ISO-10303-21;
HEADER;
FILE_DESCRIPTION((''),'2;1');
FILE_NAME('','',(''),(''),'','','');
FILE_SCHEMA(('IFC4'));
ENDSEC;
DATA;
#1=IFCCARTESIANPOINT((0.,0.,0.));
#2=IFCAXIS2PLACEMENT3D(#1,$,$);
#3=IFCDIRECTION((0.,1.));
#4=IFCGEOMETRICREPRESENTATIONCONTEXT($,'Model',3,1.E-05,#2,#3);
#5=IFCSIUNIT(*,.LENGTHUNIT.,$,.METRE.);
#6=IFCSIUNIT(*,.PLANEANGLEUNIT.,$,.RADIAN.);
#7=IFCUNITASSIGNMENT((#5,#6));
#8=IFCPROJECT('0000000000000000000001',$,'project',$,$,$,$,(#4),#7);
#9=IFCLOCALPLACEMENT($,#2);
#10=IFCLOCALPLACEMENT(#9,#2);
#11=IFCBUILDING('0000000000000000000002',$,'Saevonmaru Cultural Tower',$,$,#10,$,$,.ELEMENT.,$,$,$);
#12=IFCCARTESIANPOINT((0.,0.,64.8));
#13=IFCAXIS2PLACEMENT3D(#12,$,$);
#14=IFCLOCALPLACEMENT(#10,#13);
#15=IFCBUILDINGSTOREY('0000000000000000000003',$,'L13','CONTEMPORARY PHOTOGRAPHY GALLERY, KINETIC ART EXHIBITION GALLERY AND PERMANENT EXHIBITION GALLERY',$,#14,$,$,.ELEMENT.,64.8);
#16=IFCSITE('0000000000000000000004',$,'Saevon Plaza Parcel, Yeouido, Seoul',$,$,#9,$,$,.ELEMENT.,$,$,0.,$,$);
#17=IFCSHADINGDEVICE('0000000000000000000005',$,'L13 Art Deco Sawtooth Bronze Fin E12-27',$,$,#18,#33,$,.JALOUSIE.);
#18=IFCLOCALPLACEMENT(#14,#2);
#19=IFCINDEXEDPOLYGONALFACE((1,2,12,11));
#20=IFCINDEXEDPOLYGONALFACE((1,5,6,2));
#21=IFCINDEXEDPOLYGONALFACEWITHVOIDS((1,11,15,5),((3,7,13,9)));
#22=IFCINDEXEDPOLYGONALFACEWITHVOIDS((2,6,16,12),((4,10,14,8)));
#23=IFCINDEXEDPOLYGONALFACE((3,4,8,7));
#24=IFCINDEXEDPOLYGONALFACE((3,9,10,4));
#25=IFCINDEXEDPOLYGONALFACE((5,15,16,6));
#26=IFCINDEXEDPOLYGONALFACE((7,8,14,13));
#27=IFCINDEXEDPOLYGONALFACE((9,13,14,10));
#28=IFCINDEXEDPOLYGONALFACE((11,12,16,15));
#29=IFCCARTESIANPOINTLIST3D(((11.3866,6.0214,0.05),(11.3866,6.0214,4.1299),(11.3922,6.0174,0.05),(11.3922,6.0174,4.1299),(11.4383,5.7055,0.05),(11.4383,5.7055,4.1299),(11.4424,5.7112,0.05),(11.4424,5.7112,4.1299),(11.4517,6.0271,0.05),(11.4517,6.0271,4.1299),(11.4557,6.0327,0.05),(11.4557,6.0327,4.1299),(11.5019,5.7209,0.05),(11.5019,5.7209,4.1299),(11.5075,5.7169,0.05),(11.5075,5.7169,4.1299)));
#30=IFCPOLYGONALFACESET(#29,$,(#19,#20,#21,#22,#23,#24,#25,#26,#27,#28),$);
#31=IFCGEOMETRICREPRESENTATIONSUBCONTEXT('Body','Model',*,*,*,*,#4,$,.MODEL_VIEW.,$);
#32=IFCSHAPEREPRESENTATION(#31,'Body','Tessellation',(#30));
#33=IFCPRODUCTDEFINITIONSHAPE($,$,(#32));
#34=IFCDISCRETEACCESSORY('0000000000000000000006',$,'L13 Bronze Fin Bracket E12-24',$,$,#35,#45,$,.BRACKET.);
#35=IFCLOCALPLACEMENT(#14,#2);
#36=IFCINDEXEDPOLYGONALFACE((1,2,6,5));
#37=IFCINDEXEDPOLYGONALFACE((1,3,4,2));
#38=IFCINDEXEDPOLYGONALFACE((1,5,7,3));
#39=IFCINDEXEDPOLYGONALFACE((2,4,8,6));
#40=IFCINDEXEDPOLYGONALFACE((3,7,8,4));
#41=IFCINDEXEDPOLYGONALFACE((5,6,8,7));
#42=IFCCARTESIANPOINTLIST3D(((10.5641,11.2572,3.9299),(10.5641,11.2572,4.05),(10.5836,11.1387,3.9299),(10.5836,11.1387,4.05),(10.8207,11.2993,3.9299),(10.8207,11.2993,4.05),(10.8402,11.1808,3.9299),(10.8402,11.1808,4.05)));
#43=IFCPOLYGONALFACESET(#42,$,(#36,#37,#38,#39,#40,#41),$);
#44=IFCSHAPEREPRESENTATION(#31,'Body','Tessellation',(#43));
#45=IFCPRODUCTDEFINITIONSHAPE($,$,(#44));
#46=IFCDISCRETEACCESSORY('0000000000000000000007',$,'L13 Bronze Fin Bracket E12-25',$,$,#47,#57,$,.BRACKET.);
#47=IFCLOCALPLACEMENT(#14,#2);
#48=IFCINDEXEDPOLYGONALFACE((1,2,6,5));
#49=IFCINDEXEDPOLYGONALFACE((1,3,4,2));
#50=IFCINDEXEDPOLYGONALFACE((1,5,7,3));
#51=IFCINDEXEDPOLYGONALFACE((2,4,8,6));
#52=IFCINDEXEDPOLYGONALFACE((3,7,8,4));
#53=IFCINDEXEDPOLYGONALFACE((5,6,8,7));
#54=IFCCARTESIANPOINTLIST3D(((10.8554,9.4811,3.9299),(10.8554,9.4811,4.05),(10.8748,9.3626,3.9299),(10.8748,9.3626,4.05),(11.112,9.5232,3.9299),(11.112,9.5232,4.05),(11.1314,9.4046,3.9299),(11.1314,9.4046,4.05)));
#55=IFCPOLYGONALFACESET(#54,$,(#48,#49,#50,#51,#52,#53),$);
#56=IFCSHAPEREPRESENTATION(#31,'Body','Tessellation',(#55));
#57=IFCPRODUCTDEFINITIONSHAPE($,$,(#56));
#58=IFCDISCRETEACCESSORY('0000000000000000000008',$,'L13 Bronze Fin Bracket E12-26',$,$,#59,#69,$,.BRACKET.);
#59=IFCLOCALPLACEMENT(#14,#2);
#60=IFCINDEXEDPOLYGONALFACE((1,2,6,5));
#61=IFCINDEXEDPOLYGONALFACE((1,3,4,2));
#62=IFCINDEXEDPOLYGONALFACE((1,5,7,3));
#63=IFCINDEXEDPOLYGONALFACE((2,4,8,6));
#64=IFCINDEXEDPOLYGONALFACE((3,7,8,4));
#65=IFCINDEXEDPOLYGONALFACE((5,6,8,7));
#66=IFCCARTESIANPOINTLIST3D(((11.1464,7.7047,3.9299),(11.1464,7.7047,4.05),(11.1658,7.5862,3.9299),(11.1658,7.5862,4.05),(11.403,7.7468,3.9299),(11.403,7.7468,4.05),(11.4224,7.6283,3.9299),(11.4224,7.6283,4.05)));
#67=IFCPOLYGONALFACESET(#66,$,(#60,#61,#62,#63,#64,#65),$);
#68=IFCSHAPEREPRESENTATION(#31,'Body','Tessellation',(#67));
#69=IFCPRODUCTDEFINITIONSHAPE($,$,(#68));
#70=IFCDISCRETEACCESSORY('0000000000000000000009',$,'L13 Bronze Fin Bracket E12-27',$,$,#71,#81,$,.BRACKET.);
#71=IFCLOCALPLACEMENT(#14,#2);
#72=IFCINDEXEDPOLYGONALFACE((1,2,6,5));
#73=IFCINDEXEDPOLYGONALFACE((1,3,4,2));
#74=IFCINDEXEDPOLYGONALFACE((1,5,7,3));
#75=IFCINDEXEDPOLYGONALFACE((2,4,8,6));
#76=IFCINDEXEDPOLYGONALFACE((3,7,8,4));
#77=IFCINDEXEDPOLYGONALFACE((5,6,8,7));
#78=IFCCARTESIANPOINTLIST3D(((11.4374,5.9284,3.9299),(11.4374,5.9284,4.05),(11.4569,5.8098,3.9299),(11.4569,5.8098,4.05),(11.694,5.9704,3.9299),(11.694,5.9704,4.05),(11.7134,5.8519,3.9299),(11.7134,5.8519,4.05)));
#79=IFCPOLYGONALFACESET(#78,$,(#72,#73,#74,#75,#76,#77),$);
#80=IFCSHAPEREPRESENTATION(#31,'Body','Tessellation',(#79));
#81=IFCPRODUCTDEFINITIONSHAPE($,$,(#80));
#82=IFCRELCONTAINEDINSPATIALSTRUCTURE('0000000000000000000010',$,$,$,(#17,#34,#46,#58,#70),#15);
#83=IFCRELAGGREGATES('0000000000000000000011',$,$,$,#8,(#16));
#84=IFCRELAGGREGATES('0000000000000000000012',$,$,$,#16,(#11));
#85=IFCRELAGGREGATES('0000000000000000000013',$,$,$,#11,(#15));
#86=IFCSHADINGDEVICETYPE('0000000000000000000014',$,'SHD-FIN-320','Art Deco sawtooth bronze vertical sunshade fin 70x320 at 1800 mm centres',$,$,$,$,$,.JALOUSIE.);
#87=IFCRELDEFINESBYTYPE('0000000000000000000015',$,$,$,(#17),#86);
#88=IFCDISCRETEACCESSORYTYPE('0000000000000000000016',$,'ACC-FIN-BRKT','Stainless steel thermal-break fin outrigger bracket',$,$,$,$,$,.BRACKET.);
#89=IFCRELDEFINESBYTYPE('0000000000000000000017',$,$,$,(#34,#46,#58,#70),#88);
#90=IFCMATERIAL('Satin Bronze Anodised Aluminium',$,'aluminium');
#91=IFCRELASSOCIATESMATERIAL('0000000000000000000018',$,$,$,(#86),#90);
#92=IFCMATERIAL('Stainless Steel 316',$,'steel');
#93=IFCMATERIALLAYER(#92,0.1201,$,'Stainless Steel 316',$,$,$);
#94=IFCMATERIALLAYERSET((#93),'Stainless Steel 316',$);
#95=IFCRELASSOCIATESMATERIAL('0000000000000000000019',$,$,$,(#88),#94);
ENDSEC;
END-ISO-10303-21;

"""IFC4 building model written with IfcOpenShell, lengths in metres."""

from ifc_helpers import new_model, si_unit, direction, frame, origin, origin_2d, place, context, subcontext, project, spatial, rectangle, hollow_rectangle, extrude, material, layer, layer_set, material_profile, profile_set, type_object, element, save


model = new_model("IFC4")

# Units and contexts
model_context = context("Model", 3, precision=1e-05, world=origin(), true_north=direction((0.0, 1.0)))
body_context = subcontext(model_context, "Body", "Model", "MODEL_VIEW")
ifc_project = project(units=[si_unit("LENGTHUNIT", "METRE"), si_unit("PLANEANGLEUNIT", "RADIAN")], contexts=[model_context])

# Site, building, storey
site_placement = place(None, origin())
site = spatial("IfcSite", under=ifc_project, at=site_placement, Name="Saevon Plaza Parcel, Yeouido, Seoul", CompositionType="ELEMENT", RefElevation=0.0)
building_placement = place(site_placement, origin())
building = spatial("IfcBuilding", under=site, at=building_placement, Name="Saevonmaru Cultural Tower", CompositionType="ELEMENT")
storey_placement = place(building_placement, frame((0.0, 0.0, 64.8)))
storey = spatial("IfcBuildingStorey", under=building, at=storey_placement, Name="L13", Description="CONTEMPORARY PHOTOGRAPHY GALLERY, KINETIC ART EXHIBITION GALLERY AND PERMANENT EXHIBITION GALLERY", CompositionType="ELEMENT", Elevation=64.8)

# Shared definitions
ifc_material_1 = material(Name="Satin Bronze Anodised Aluminium", Category="aluminium")

# Shading device
ifc_material_profile_1 = material_profile(ifc_material_1, hollow_rectangle(XDim=0.0701, YDim=0.3201, WallThickness=0.0049, at=origin_2d()), Name="FIN-320x70")
ifc_profile_set_1 = profile_set([ifc_material_profile_1], Name="Satin Bronze Anodised Aluminium")
shading_device_type = type_object("IfcShadingDeviceType", Name="SHD-FIN-320", Description="Art Deco sawtooth bronze vertical sunshade fin 70x320 at 1800 mm centres", PredefinedType="JALOUSIE", material=ifc_profile_set_1)
for number, where, z_axis, x_axis, name in (
    (1, (11.447, 5.8691, 0.05), (0.0, 0.0, 1.0), (-0.986827, -0.161776, 0.0), "L13 Art Deco Sawtooth Bronze Fin E12-27"),
):
    element("IfcShadingDevice", number, at=place(storey_placement, frame(where, z_axis=z_axis, x_axis=x_axis)), inside=storey, type_object=shading_device_type, Name=name, PredefinedType="JALOUSIE", context=body_context, shape_type="SweptSolid", body=[
        extrude(hollow_rectangle(XDim=0.0701, YDim=0.3201, WallThickness=0.0049, at=origin_2d()), origin(), (0.0, 0.0, 1.0), 4.0798),
    ])

# Discrete accessories
ifc_material_2 = material(Name="Stainless Steel 316", Category="steel")
ifc_layer_1 = layer(ifc_material_2, 0.1201, Name="Stainless Steel 316")
ifc_layer_set_1 = layer_set([ifc_layer_1], Name="Stainless Steel 316")
discrete_accessory_type = type_object("IfcDiscreteAccessoryType", Name="ACC-FIN-BRKT", Description="Stainless steel thermal-break fin outrigger bracket", PredefinedType="BRACKET", material=ifc_layer_set_1)
for number, where, z_axis, x_axis, name in (
    (2, (10.7021, 11.219, 3.9299), (0.0, 0.0, 1.0), (-0.986827, -0.161776, 0.0), "L13 Bronze Fin Bracket E12-24"),
    (3, (10.9934, 9.4429, 3.9299), (0.0, 0.0, 1.0), (-0.986827, -0.161776, 0.0), "L13 Bronze Fin Bracket E12-25"),
    (4, (11.2844, 7.6665, 3.9299), (0.0, 0.0, 1.0), (-0.986827, -0.161776, 0.0), "L13 Bronze Fin Bracket E12-26"),
    (5, (11.5754, 5.8901, 3.9299), (0.0, 0.0, 1.0), (-0.986827, -0.161776, 0.0), "L13 Bronze Fin Bracket E12-27"),
):
    element("IfcDiscreteAccessory", number, at=place(storey_placement, frame(where, z_axis=z_axis, x_axis=x_axis)), inside=storey, type_object=discrete_accessory_type, Name=name, PredefinedType="BRACKET", context=body_context, shape_type="SweptSolid", body=[
        extrude(rectangle(XDim=0.26, YDim=0.1201, at=origin_2d()), origin(), (0.0, 0.0, 1.0), 0.1201),
    ])

save(model, "model.ifc")
